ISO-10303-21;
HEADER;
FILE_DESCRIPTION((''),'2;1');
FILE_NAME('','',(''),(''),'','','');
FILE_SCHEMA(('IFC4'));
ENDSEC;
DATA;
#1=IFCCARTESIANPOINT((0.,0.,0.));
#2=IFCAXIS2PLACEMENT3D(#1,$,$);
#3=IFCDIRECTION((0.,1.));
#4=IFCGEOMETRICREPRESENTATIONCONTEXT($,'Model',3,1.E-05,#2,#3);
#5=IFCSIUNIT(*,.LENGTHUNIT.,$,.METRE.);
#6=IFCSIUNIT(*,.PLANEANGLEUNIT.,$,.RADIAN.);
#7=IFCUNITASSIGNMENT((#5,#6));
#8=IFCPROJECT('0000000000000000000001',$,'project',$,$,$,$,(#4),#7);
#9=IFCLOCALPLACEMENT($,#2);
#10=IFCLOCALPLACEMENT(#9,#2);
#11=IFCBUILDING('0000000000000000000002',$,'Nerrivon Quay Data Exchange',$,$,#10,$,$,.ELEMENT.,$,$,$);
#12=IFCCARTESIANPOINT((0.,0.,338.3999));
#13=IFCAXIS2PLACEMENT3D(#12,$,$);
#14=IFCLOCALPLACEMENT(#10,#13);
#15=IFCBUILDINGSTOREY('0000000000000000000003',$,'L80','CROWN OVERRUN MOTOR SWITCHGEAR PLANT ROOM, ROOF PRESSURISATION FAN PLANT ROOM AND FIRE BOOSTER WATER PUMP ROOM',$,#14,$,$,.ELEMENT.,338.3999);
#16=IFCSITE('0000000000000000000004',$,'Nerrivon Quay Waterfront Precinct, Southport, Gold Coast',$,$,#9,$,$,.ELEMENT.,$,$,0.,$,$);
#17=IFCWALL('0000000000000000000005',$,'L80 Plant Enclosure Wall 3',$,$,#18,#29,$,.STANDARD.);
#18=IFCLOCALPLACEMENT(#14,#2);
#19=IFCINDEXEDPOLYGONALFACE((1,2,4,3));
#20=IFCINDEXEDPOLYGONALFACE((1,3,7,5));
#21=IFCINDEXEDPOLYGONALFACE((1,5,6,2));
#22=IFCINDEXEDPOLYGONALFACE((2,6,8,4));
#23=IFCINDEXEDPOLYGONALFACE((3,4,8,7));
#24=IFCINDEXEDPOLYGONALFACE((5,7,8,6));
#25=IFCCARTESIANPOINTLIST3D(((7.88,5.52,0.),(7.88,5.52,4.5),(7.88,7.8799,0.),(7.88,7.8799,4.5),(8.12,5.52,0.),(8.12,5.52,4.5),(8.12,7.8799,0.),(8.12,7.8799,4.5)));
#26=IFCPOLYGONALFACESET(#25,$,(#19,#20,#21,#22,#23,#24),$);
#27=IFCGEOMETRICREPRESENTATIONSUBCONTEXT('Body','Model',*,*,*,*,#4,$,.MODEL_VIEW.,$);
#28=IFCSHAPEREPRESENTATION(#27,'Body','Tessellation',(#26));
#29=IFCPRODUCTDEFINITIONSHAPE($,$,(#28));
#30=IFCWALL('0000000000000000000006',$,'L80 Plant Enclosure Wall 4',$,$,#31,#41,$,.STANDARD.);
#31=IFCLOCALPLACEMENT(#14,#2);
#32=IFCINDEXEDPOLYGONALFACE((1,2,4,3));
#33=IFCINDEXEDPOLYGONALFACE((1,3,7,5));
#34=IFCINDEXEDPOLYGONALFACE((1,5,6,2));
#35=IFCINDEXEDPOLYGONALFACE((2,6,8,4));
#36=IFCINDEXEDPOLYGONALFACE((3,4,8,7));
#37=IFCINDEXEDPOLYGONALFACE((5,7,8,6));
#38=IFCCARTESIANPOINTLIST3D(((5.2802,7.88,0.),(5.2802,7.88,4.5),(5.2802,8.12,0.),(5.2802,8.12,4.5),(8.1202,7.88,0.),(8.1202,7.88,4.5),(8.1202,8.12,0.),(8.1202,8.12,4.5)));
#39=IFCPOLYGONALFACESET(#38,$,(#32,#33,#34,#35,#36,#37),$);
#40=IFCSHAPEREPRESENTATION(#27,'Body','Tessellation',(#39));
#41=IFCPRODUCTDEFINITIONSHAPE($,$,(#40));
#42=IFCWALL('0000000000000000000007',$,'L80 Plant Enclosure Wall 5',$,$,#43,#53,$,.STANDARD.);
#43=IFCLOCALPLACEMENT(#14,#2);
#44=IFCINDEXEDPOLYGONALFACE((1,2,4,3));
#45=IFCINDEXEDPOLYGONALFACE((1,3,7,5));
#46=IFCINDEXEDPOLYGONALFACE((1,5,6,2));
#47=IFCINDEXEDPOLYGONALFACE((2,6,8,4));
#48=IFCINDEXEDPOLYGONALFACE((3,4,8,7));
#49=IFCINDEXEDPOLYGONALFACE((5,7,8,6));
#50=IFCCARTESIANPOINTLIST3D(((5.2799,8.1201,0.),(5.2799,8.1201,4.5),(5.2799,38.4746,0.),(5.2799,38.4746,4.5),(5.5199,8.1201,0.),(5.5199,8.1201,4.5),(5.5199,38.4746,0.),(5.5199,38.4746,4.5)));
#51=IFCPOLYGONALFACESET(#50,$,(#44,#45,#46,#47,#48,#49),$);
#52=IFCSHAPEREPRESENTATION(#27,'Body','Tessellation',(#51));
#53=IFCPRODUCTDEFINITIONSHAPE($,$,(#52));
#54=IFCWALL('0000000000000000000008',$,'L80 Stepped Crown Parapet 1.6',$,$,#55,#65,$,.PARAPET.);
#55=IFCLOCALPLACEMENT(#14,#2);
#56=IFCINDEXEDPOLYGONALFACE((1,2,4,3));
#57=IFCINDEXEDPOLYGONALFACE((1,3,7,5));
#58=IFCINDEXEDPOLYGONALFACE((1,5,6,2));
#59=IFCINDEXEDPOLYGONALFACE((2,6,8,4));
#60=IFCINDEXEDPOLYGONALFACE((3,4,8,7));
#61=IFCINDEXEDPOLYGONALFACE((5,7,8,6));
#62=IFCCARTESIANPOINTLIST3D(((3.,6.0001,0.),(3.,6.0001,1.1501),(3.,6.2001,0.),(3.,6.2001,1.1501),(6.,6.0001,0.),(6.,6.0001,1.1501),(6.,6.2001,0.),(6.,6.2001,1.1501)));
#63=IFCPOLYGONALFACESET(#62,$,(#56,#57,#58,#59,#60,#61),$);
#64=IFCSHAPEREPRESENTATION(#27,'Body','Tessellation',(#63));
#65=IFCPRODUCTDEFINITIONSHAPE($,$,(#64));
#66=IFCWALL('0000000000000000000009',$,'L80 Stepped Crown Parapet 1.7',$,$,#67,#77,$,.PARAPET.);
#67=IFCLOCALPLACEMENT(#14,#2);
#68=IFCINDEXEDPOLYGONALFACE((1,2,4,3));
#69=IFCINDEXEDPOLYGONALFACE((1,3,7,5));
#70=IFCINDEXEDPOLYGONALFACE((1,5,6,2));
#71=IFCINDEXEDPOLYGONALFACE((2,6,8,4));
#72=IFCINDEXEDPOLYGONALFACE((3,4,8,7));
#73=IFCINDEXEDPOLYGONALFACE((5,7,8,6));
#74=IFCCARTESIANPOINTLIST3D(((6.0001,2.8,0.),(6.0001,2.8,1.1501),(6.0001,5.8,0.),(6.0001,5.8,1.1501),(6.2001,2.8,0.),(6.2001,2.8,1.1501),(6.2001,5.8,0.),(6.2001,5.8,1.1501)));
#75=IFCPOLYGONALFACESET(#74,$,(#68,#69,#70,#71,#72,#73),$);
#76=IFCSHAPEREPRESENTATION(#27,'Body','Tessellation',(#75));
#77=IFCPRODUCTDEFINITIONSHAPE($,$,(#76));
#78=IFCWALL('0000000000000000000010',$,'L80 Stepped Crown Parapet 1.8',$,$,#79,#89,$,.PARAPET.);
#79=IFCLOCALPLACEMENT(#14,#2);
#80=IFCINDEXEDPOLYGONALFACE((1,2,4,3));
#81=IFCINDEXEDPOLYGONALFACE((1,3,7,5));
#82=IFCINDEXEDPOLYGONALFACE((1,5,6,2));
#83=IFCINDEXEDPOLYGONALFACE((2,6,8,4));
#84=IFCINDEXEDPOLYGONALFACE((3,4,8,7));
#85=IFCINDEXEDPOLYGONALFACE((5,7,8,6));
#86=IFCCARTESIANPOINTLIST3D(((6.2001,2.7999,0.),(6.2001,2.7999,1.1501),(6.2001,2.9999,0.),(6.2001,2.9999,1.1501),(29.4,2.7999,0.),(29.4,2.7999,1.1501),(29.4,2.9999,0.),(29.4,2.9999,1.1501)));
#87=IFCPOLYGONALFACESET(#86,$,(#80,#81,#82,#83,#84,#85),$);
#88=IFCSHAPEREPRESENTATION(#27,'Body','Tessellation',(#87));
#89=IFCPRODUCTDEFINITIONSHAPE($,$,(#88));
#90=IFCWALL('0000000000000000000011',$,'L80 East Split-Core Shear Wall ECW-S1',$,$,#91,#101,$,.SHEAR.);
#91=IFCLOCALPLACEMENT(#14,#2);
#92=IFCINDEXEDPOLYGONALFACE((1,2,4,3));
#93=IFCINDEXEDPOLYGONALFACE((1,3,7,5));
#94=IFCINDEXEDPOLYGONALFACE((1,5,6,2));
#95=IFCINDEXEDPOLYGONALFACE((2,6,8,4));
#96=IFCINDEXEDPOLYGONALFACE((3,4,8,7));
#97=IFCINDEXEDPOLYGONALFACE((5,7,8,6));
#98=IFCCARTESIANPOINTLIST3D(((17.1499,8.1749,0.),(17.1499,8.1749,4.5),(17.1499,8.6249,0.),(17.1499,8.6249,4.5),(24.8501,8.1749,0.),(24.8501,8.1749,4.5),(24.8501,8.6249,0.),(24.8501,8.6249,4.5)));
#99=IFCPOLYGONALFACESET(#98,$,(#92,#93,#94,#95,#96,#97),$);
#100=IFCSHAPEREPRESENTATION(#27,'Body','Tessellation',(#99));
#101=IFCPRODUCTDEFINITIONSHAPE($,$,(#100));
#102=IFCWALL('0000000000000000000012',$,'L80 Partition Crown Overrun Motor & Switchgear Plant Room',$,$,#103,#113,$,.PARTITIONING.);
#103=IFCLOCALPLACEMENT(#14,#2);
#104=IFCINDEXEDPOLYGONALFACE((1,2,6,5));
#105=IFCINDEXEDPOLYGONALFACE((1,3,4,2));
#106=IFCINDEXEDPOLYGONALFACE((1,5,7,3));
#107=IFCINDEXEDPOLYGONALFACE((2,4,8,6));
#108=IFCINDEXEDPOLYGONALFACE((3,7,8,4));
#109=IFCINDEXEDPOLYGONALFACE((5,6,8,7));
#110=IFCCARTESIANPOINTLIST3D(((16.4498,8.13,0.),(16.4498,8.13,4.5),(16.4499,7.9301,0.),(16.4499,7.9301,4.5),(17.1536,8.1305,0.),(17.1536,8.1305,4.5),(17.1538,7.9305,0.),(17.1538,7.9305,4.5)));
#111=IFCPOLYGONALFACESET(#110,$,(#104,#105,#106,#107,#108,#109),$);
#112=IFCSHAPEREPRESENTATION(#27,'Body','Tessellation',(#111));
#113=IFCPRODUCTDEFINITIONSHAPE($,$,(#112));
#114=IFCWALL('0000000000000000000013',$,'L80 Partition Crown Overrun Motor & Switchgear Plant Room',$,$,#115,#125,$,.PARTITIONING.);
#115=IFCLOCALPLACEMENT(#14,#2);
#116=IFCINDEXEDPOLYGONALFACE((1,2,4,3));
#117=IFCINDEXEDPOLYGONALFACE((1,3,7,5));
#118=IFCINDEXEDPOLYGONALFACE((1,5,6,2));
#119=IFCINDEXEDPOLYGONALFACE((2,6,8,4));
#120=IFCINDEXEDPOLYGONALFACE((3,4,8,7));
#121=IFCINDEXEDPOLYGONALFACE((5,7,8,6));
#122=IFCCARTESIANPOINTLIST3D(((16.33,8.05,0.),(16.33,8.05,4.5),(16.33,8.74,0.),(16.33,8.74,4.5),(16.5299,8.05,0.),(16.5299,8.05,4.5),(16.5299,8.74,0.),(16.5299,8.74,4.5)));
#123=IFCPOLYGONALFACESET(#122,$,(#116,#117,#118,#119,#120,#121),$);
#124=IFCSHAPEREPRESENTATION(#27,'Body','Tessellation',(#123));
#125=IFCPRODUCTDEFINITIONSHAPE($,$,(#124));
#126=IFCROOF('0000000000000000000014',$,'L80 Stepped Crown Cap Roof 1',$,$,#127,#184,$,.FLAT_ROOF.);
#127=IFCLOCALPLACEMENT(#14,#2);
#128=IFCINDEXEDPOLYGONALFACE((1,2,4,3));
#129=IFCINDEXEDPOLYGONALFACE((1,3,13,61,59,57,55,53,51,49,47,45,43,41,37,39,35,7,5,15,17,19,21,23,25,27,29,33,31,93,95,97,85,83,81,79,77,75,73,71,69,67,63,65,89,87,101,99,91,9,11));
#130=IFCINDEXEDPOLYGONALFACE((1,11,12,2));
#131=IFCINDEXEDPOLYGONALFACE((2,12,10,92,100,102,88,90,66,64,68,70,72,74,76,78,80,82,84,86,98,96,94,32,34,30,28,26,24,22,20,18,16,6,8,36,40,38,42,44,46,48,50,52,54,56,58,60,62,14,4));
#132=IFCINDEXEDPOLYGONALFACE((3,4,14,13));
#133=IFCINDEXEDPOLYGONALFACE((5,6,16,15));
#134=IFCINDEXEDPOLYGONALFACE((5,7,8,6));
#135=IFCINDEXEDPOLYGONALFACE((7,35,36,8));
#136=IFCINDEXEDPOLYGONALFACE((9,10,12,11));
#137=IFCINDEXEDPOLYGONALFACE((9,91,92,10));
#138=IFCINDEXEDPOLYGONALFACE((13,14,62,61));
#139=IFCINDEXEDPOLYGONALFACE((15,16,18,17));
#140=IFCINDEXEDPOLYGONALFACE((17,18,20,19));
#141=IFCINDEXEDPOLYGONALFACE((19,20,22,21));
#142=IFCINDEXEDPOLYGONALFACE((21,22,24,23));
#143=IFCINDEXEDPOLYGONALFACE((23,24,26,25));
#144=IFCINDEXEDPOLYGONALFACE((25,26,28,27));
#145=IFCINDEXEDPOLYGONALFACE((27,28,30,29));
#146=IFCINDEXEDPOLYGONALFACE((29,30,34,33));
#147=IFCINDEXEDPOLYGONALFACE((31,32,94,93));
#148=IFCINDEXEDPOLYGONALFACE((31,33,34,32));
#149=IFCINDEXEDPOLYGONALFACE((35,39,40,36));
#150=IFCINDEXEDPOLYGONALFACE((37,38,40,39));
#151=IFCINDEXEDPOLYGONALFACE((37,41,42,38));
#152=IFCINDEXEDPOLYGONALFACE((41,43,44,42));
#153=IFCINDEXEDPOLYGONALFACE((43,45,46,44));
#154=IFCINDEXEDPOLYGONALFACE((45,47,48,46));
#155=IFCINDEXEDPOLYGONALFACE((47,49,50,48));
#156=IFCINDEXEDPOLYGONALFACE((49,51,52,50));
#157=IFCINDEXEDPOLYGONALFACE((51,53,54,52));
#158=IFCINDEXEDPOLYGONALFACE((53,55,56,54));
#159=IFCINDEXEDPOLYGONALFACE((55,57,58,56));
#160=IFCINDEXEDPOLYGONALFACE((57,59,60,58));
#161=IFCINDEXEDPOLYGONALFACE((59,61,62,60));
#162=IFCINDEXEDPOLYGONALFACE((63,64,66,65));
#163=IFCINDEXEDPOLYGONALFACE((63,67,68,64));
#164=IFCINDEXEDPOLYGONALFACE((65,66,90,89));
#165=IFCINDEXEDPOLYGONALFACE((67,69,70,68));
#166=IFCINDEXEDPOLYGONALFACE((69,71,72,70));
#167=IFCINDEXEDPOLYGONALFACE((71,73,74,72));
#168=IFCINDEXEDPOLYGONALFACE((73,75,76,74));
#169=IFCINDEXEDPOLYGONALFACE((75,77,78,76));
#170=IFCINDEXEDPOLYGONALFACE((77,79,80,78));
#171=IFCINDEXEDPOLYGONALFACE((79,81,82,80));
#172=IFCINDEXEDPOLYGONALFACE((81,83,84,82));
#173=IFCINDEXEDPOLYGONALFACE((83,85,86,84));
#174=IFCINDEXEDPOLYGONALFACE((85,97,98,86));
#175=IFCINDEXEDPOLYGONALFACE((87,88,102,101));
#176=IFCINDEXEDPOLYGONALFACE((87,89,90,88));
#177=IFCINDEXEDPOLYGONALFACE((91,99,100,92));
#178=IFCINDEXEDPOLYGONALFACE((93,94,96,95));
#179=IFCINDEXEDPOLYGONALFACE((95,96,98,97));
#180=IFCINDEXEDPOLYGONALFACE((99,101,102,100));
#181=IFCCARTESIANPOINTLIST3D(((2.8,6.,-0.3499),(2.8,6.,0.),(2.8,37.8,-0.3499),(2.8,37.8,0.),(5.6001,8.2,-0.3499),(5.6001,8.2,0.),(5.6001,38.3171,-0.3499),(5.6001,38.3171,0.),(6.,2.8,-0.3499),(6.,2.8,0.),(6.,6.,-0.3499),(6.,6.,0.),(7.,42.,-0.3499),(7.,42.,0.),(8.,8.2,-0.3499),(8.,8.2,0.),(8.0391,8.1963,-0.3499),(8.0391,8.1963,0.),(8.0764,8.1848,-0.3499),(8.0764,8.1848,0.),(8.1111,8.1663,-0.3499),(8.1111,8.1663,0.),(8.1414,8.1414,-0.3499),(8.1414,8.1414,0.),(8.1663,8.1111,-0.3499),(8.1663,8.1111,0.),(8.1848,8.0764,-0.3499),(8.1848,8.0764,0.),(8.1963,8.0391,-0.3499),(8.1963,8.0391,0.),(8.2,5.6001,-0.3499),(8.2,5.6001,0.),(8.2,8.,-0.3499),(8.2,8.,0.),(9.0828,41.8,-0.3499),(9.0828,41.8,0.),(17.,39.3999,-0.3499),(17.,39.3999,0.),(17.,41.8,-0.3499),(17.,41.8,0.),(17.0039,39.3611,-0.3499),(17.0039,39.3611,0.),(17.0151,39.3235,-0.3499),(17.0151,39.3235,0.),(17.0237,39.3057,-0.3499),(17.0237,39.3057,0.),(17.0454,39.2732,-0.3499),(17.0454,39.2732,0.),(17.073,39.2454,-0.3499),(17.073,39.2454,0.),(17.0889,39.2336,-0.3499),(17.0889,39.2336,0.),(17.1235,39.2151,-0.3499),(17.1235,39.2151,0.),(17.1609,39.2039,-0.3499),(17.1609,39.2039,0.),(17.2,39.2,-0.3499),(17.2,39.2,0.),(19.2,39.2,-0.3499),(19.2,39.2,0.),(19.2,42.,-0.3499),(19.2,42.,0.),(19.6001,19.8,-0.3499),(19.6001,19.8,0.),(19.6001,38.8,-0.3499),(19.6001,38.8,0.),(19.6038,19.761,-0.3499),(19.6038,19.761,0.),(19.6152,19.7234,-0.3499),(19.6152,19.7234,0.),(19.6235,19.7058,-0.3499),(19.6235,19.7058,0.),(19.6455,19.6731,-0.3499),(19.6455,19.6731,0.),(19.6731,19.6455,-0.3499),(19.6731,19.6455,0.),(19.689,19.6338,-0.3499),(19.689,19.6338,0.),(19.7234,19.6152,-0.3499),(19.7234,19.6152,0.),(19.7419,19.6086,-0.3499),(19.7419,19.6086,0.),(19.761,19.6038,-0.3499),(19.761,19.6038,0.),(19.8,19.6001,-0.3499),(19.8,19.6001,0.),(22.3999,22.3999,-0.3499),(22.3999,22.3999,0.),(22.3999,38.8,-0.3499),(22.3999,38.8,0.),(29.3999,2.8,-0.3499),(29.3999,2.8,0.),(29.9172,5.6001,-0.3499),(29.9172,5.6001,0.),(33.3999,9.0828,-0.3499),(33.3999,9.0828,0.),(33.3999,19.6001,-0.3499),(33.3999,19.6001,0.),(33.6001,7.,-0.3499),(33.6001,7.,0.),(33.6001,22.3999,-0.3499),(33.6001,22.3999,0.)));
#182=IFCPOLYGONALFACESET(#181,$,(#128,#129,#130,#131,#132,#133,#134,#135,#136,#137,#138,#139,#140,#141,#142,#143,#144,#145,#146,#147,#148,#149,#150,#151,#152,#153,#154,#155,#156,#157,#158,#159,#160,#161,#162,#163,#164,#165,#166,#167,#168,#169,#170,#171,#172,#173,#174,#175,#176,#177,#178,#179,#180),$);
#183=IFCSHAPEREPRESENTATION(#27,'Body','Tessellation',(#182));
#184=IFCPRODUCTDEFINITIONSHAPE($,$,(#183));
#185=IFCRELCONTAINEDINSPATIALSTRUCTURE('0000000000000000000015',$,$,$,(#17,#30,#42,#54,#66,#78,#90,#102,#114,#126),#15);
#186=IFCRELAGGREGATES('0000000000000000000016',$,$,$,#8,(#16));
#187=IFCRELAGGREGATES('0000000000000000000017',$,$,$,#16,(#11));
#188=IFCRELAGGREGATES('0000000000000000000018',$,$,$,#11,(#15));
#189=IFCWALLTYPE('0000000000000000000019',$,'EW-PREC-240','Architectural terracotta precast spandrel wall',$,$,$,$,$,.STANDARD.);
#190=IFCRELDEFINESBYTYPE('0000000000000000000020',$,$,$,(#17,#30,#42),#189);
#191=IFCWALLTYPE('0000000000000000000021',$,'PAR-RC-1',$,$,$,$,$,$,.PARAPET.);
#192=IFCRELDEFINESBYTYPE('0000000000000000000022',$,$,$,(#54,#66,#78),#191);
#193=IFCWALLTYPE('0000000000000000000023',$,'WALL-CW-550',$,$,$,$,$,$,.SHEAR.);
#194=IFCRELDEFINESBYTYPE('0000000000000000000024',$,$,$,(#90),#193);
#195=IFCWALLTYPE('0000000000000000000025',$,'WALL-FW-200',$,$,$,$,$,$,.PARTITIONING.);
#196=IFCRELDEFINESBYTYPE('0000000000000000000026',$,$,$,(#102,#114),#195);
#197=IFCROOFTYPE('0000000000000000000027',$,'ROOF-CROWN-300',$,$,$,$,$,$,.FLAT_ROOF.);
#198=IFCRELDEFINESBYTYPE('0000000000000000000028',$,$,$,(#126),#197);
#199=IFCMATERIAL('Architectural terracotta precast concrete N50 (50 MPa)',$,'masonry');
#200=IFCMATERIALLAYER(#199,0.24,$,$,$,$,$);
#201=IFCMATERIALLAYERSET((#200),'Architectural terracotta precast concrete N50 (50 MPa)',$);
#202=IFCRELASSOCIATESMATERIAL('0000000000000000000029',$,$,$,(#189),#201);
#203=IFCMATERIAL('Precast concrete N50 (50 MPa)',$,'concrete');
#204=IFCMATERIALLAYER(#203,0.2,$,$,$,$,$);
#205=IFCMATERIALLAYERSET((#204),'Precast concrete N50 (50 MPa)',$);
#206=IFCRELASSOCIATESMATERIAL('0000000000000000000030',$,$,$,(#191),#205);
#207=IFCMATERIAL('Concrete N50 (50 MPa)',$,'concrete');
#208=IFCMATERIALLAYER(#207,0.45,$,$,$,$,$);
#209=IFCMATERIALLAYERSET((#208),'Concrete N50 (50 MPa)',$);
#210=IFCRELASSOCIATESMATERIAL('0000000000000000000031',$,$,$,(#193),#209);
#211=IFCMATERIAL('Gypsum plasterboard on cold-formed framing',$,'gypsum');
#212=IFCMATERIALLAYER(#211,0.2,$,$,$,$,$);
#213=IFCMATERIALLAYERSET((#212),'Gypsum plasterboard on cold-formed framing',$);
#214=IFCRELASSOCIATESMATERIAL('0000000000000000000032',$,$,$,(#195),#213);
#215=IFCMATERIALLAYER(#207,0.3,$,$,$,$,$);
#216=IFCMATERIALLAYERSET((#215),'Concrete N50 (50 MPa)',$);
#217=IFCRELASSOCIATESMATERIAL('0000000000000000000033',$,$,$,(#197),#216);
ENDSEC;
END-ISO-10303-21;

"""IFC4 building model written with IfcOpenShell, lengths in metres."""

from ifc_helpers import new_model, si_unit, direction, frame, frame_2d, origin, place, context, subcontext, project, spatial, polyline, rectangle, outline, extrude, material, layer, layer_set, type_object, element, save


model = new_model("IFC4")

# Units and contexts
model_context = context("Model", 3, precision=1e-05, world=origin(), true_north=direction((0.0, 1.0)))
body_context = subcontext(model_context, "Body", "Model", "MODEL_VIEW")
ifc_project = project(units=[si_unit("LENGTHUNIT", "METRE"), si_unit("PLANEANGLEUNIT", "RADIAN")], contexts=[model_context])

# Site, building, storey
site_placement = place(None, origin())
site = spatial("IfcSite", under=ifc_project, at=site_placement, Name="Nerrivon Quay Waterfront Precinct, Southport, Gold Coast", CompositionType="ELEMENT", RefElevation=0.0)
building_placement = place(site_placement, origin())
building = spatial("IfcBuilding", under=site, at=building_placement, Name="Nerrivon Quay Data Exchange", CompositionType="ELEMENT")
storey_placement = place(building_placement, frame((0.0, 0.0, 338.3999)))
storey = spatial("IfcBuildingStorey", under=building, at=storey_placement, Name="L80", Description="CROWN OVERRUN MOTOR SWITCHGEAR PLANT ROOM, ROOF PRESSURISATION FAN PLANT ROOM AND FIRE BOOSTER WATER PUMP ROOM", CompositionType="ELEMENT", Elevation=338.3999)

# Shared definitions
ifc_material_1 = material(Name="Concrete N50 (50 MPa)", Category="concrete")

# Walls
ifc_material_2 = material(Name="Architectural terracotta precast concrete N50 (50 MPa)", Category="masonry")
ifc_layer_1 = layer(ifc_material_2, 0.24)
ifc_layer_set_1 = layer_set([ifc_layer_1], Name="Architectural terracotta precast concrete N50 (50 MPa)")
wall_type_1 = type_object("IfcWallType", Name="EW-PREC-240", Description="Architectural terracotta precast spandrel wall", PredefinedType="STANDARD", material=ifc_layer_set_1)
wall_1_placement = place(storey_placement, frame((8.0, 5.52, 0.0), z_axis=(0.0, 0.0, 1.0), x_axis=(0.0, 1.0, 0.0)))
element("IfcWall", 1, at=wall_1_placement, inside=storey, type_object=wall_type_1, Name="L80 Plant Enclosure Wall 3", PredefinedType="STANDARD", context=body_context, shape_type="SweptSolid", body=[
    extrude(rectangle(XDim=2.3599, YDim=0.24, at=frame_2d((1.1799, 0.0))), origin(), (0.0, 0.0, 1.0), 4.5),
])
wall_2_placement = place(storey_placement, frame((8.1201, 8.0, 0.0), z_axis=(0.0, 0.0, 1.0), x_axis=(-1.0, 0.0, 0.0)))
element("IfcWall", 2, at=wall_2_placement, inside=storey, type_object=wall_type_1, Name="L80 Plant Enclosure Wall 4", PredefinedType="STANDARD", context=body_context, shape_type="SweptSolid", body=[
    extrude(rectangle(XDim=2.8401, YDim=0.24, at=frame_2d((1.4199, 0.0))), origin(), (0.0, 0.0, 1.0), 4.5),
])
wall_3_placement = place(storey_placement, frame((5.3999, 8.1201, 0.0), z_axis=(0.0, 0.0, 1.0), x_axis=(0.0, 1.0, 0.0)))
element("IfcWall", 3, at=wall_3_placement, inside=storey, type_object=wall_type_1, Name="L80 Plant Enclosure Wall 5", PredefinedType="STANDARD", context=body_context, shape_type="SweptSolid", body=[
    extrude(rectangle(XDim=30.3545, YDim=0.24, at=frame_2d((15.1772, 0.0))), origin(), (0.0, 0.0, 1.0), 4.5),
])
ifc_material_3 = material(Name="Precast concrete N50 (50 MPa)", Category="concrete")
ifc_layer_2 = layer(ifc_material_3, 0.2)
ifc_layer_set_2 = layer_set([ifc_layer_2], Name="Precast concrete N50 (50 MPa)")
wall_type_2 = type_object("IfcWallType", Name="PAR-RC-1", PredefinedType="PARAPET", material=ifc_layer_set_2)
for number, where, z_axis, x_axis, name in (
    (4, (3.0, 6.1001, 0.0), (0.0, 0.0, 1.0), (1.0, 0.0, 0.0), "L80 Stepped Crown Parapet 1.6"),
    (5, (6.1001, 5.8, 0.0), (0.0, 0.0, 1.0), (0.0, -1.0, 0.0), "L80 Stepped Crown Parapet 1.7"),
):
    element("IfcWall", number, at=place(storey_placement, frame(where, z_axis=z_axis, x_axis=x_axis)), inside=storey, type_object=wall_type_2, Name=name, PredefinedType="PARAPET", context=body_context, shape_type="SweptSolid", body=[
        extrude(rectangle(XDim=3.0, YDim=0.2, at=frame_2d((1.5, 0.0))), origin(), (0.0, 0.0, 1.0), 1.1501),
    ])
wall_4_placement = place(storey_placement, frame((6.2, 2.8999, 0.0), z_axis=(0.0, 0.0, 1.0), x_axis=(1.0, 0.0, 0.0)))
element("IfcWall", 6, at=wall_4_placement, inside=storey, type_object=wall_type_2, Name="L80 Stepped Crown Parapet 1.8", PredefinedType="PARAPET", context=body_context, shape_type="SweptSolid", body=[
    extrude(rectangle(XDim=23.2, YDim=0.2, at=frame_2d((11.6001, 0.0))), origin(), (0.0, 0.0, 1.0), 1.1501),
])
ifc_layer_3 = layer(ifc_material_1, 0.45)
ifc_layer_set_3 = layer_set([ifc_layer_3], Name="Concrete N50 (50 MPa)")
wall_type_3 = type_object("IfcWallType", Name="WALL-CW-550", PredefinedType="SHEAR", material=ifc_layer_set_3)
wall_5_placement = place(storey_placement, frame((17.1499, 8.3999, 0.0), z_axis=(0.0, 0.0, 1.0), x_axis=(1.0, 0.0, 0.0)))
element("IfcWall", 7, at=wall_5_placement, inside=storey, type_object=wall_type_3, Name="L80 East Split-Core Shear Wall ECW-S1", PredefinedType="SHEAR", context=body_context, shape_type="SweptSolid", body=[
    extrude(rectangle(XDim=7.7002, YDim=0.45, at=frame_2d((3.8501, 0.0))), origin(), (0.0, 0.0, 1.0), 4.5),
])
ifc_material_4 = material(Name="Gypsum plasterboard on cold-formed framing", Category="gypsum")
ifc_layer_4 = layer(ifc_material_4, 0.2)
ifc_layer_set_4 = layer_set([ifc_layer_4], Name="Gypsum plasterboard on cold-formed framing")
wall_type_4 = type_object("IfcWallType", Name="WALL-FW-200", PredefinedType="PARTITIONING", material=ifc_layer_set_4)
wall_6_placement = place(storey_placement, frame((17.1538, 8.0305, 0.0), z_axis=(0.0, 0.0, 1.0), x_axis=(-1.0, -0.000694, 0.0)))
element("IfcWall", 8, at=wall_6_placement, inside=storey, type_object=wall_type_4, Name="L80 Partition Crown Overrun Motor & Switchgear Plant Room", PredefinedType="PARTITIONING", context=body_context, shape_type="SweptSolid", body=[
    extrude(rectangle(XDim=0.7039, YDim=0.2, at=frame_2d((0.3521, 0.0))), origin(), (0.0, 0.0, 1.0), 4.5),
])
wall_7_placement = place(storey_placement, frame((16.4299, 8.05, 0.0), z_axis=(0.0, 0.0, 1.0), x_axis=(0.0, 1.0, 0.0)))
element("IfcWall", 9, at=wall_7_placement, inside=storey, type_object=wall_type_4, Name="L80 Partition Crown Overrun Motor & Switchgear Plant Room", PredefinedType="PARTITIONING", context=body_context, shape_type="SweptSolid", body=[
    extrude(rectangle(XDim=0.6899, YDim=0.2, at=frame_2d((0.345, 0.0))), origin(), (0.0, 0.0, 1.0), 4.5),
])

# Roof
ifc_layer_5 = layer(ifc_material_1, 0.3)
ifc_layer_set_5 = layer_set([ifc_layer_5], Name="Concrete N50 (50 MPa)")
roof_type = type_object("IfcRoofType", Name="ROOF-CROWN-300", PredefinedType="FLAT_ROOF", material=ifc_layer_set_5)
roof_placement = place(storey_placement, frame((0.0, 0.0, -0.3499)))
element("IfcRoof", 10, at=roof_placement, inside=storey, type_object=roof_type, Name="L80 Stepped Crown Cap Roof 1", PredefinedType="FLAT_ROOF", context=body_context, shape_type="SweptSolid", body=[
    extrude(outline(polyline([(19.6001, 38.8), (19.6001, 19.8), (19.6038, 19.761), (19.6152, 19.7234), (19.6235, 19.7058), (19.6455, 19.6731), (19.6731, 19.6455), (19.689, 19.6338), (19.7234, 19.6152), (19.7419, 19.6086), (19.761, 19.6038), (19.8, 19.6001), (33.3999, 19.6001), (33.3999, 9.0828), (29.9172, 5.6001), (8.2, 5.6001), (8.2, 8.0), (8.1963, 8.0391), (8.1848, 8.0764), (8.1663, 8.1111), (8.1414, 8.1414), (8.1111, 8.1663), (8.0764, 8.1848), (8.0391, 8.1963), (8.0, 8.2), (5.6001, 8.2), (5.6001, 38.3171), (9.0828, 41.8), (17.0, 41.8), (17.0, 39.3999), (17.0039, 39.3611), (17.0151, 39.3235), (17.0237, 39.3057), (17.0454, 39.2732), (17.073, 39.2454), (17.0889, 39.2336), (17.1235, 39.2151), (17.1609, 39.2039), (17.2, 39.2), (19.2, 39.2), (19.2, 42.0), (7.0, 42.0), (2.8, 37.8), (2.8, 6.0), (6.0, 6.0), (6.0, 2.8), (29.3999, 2.8), (33.6001, 7.0), (33.6001, 22.3999), (22.3999, 22.3999), (22.3999, 38.8), (19.6001, 38.8)])), origin(), (0.0, 0.0, 1.0), 0.3499),
])

save(model, "model.ifc")
